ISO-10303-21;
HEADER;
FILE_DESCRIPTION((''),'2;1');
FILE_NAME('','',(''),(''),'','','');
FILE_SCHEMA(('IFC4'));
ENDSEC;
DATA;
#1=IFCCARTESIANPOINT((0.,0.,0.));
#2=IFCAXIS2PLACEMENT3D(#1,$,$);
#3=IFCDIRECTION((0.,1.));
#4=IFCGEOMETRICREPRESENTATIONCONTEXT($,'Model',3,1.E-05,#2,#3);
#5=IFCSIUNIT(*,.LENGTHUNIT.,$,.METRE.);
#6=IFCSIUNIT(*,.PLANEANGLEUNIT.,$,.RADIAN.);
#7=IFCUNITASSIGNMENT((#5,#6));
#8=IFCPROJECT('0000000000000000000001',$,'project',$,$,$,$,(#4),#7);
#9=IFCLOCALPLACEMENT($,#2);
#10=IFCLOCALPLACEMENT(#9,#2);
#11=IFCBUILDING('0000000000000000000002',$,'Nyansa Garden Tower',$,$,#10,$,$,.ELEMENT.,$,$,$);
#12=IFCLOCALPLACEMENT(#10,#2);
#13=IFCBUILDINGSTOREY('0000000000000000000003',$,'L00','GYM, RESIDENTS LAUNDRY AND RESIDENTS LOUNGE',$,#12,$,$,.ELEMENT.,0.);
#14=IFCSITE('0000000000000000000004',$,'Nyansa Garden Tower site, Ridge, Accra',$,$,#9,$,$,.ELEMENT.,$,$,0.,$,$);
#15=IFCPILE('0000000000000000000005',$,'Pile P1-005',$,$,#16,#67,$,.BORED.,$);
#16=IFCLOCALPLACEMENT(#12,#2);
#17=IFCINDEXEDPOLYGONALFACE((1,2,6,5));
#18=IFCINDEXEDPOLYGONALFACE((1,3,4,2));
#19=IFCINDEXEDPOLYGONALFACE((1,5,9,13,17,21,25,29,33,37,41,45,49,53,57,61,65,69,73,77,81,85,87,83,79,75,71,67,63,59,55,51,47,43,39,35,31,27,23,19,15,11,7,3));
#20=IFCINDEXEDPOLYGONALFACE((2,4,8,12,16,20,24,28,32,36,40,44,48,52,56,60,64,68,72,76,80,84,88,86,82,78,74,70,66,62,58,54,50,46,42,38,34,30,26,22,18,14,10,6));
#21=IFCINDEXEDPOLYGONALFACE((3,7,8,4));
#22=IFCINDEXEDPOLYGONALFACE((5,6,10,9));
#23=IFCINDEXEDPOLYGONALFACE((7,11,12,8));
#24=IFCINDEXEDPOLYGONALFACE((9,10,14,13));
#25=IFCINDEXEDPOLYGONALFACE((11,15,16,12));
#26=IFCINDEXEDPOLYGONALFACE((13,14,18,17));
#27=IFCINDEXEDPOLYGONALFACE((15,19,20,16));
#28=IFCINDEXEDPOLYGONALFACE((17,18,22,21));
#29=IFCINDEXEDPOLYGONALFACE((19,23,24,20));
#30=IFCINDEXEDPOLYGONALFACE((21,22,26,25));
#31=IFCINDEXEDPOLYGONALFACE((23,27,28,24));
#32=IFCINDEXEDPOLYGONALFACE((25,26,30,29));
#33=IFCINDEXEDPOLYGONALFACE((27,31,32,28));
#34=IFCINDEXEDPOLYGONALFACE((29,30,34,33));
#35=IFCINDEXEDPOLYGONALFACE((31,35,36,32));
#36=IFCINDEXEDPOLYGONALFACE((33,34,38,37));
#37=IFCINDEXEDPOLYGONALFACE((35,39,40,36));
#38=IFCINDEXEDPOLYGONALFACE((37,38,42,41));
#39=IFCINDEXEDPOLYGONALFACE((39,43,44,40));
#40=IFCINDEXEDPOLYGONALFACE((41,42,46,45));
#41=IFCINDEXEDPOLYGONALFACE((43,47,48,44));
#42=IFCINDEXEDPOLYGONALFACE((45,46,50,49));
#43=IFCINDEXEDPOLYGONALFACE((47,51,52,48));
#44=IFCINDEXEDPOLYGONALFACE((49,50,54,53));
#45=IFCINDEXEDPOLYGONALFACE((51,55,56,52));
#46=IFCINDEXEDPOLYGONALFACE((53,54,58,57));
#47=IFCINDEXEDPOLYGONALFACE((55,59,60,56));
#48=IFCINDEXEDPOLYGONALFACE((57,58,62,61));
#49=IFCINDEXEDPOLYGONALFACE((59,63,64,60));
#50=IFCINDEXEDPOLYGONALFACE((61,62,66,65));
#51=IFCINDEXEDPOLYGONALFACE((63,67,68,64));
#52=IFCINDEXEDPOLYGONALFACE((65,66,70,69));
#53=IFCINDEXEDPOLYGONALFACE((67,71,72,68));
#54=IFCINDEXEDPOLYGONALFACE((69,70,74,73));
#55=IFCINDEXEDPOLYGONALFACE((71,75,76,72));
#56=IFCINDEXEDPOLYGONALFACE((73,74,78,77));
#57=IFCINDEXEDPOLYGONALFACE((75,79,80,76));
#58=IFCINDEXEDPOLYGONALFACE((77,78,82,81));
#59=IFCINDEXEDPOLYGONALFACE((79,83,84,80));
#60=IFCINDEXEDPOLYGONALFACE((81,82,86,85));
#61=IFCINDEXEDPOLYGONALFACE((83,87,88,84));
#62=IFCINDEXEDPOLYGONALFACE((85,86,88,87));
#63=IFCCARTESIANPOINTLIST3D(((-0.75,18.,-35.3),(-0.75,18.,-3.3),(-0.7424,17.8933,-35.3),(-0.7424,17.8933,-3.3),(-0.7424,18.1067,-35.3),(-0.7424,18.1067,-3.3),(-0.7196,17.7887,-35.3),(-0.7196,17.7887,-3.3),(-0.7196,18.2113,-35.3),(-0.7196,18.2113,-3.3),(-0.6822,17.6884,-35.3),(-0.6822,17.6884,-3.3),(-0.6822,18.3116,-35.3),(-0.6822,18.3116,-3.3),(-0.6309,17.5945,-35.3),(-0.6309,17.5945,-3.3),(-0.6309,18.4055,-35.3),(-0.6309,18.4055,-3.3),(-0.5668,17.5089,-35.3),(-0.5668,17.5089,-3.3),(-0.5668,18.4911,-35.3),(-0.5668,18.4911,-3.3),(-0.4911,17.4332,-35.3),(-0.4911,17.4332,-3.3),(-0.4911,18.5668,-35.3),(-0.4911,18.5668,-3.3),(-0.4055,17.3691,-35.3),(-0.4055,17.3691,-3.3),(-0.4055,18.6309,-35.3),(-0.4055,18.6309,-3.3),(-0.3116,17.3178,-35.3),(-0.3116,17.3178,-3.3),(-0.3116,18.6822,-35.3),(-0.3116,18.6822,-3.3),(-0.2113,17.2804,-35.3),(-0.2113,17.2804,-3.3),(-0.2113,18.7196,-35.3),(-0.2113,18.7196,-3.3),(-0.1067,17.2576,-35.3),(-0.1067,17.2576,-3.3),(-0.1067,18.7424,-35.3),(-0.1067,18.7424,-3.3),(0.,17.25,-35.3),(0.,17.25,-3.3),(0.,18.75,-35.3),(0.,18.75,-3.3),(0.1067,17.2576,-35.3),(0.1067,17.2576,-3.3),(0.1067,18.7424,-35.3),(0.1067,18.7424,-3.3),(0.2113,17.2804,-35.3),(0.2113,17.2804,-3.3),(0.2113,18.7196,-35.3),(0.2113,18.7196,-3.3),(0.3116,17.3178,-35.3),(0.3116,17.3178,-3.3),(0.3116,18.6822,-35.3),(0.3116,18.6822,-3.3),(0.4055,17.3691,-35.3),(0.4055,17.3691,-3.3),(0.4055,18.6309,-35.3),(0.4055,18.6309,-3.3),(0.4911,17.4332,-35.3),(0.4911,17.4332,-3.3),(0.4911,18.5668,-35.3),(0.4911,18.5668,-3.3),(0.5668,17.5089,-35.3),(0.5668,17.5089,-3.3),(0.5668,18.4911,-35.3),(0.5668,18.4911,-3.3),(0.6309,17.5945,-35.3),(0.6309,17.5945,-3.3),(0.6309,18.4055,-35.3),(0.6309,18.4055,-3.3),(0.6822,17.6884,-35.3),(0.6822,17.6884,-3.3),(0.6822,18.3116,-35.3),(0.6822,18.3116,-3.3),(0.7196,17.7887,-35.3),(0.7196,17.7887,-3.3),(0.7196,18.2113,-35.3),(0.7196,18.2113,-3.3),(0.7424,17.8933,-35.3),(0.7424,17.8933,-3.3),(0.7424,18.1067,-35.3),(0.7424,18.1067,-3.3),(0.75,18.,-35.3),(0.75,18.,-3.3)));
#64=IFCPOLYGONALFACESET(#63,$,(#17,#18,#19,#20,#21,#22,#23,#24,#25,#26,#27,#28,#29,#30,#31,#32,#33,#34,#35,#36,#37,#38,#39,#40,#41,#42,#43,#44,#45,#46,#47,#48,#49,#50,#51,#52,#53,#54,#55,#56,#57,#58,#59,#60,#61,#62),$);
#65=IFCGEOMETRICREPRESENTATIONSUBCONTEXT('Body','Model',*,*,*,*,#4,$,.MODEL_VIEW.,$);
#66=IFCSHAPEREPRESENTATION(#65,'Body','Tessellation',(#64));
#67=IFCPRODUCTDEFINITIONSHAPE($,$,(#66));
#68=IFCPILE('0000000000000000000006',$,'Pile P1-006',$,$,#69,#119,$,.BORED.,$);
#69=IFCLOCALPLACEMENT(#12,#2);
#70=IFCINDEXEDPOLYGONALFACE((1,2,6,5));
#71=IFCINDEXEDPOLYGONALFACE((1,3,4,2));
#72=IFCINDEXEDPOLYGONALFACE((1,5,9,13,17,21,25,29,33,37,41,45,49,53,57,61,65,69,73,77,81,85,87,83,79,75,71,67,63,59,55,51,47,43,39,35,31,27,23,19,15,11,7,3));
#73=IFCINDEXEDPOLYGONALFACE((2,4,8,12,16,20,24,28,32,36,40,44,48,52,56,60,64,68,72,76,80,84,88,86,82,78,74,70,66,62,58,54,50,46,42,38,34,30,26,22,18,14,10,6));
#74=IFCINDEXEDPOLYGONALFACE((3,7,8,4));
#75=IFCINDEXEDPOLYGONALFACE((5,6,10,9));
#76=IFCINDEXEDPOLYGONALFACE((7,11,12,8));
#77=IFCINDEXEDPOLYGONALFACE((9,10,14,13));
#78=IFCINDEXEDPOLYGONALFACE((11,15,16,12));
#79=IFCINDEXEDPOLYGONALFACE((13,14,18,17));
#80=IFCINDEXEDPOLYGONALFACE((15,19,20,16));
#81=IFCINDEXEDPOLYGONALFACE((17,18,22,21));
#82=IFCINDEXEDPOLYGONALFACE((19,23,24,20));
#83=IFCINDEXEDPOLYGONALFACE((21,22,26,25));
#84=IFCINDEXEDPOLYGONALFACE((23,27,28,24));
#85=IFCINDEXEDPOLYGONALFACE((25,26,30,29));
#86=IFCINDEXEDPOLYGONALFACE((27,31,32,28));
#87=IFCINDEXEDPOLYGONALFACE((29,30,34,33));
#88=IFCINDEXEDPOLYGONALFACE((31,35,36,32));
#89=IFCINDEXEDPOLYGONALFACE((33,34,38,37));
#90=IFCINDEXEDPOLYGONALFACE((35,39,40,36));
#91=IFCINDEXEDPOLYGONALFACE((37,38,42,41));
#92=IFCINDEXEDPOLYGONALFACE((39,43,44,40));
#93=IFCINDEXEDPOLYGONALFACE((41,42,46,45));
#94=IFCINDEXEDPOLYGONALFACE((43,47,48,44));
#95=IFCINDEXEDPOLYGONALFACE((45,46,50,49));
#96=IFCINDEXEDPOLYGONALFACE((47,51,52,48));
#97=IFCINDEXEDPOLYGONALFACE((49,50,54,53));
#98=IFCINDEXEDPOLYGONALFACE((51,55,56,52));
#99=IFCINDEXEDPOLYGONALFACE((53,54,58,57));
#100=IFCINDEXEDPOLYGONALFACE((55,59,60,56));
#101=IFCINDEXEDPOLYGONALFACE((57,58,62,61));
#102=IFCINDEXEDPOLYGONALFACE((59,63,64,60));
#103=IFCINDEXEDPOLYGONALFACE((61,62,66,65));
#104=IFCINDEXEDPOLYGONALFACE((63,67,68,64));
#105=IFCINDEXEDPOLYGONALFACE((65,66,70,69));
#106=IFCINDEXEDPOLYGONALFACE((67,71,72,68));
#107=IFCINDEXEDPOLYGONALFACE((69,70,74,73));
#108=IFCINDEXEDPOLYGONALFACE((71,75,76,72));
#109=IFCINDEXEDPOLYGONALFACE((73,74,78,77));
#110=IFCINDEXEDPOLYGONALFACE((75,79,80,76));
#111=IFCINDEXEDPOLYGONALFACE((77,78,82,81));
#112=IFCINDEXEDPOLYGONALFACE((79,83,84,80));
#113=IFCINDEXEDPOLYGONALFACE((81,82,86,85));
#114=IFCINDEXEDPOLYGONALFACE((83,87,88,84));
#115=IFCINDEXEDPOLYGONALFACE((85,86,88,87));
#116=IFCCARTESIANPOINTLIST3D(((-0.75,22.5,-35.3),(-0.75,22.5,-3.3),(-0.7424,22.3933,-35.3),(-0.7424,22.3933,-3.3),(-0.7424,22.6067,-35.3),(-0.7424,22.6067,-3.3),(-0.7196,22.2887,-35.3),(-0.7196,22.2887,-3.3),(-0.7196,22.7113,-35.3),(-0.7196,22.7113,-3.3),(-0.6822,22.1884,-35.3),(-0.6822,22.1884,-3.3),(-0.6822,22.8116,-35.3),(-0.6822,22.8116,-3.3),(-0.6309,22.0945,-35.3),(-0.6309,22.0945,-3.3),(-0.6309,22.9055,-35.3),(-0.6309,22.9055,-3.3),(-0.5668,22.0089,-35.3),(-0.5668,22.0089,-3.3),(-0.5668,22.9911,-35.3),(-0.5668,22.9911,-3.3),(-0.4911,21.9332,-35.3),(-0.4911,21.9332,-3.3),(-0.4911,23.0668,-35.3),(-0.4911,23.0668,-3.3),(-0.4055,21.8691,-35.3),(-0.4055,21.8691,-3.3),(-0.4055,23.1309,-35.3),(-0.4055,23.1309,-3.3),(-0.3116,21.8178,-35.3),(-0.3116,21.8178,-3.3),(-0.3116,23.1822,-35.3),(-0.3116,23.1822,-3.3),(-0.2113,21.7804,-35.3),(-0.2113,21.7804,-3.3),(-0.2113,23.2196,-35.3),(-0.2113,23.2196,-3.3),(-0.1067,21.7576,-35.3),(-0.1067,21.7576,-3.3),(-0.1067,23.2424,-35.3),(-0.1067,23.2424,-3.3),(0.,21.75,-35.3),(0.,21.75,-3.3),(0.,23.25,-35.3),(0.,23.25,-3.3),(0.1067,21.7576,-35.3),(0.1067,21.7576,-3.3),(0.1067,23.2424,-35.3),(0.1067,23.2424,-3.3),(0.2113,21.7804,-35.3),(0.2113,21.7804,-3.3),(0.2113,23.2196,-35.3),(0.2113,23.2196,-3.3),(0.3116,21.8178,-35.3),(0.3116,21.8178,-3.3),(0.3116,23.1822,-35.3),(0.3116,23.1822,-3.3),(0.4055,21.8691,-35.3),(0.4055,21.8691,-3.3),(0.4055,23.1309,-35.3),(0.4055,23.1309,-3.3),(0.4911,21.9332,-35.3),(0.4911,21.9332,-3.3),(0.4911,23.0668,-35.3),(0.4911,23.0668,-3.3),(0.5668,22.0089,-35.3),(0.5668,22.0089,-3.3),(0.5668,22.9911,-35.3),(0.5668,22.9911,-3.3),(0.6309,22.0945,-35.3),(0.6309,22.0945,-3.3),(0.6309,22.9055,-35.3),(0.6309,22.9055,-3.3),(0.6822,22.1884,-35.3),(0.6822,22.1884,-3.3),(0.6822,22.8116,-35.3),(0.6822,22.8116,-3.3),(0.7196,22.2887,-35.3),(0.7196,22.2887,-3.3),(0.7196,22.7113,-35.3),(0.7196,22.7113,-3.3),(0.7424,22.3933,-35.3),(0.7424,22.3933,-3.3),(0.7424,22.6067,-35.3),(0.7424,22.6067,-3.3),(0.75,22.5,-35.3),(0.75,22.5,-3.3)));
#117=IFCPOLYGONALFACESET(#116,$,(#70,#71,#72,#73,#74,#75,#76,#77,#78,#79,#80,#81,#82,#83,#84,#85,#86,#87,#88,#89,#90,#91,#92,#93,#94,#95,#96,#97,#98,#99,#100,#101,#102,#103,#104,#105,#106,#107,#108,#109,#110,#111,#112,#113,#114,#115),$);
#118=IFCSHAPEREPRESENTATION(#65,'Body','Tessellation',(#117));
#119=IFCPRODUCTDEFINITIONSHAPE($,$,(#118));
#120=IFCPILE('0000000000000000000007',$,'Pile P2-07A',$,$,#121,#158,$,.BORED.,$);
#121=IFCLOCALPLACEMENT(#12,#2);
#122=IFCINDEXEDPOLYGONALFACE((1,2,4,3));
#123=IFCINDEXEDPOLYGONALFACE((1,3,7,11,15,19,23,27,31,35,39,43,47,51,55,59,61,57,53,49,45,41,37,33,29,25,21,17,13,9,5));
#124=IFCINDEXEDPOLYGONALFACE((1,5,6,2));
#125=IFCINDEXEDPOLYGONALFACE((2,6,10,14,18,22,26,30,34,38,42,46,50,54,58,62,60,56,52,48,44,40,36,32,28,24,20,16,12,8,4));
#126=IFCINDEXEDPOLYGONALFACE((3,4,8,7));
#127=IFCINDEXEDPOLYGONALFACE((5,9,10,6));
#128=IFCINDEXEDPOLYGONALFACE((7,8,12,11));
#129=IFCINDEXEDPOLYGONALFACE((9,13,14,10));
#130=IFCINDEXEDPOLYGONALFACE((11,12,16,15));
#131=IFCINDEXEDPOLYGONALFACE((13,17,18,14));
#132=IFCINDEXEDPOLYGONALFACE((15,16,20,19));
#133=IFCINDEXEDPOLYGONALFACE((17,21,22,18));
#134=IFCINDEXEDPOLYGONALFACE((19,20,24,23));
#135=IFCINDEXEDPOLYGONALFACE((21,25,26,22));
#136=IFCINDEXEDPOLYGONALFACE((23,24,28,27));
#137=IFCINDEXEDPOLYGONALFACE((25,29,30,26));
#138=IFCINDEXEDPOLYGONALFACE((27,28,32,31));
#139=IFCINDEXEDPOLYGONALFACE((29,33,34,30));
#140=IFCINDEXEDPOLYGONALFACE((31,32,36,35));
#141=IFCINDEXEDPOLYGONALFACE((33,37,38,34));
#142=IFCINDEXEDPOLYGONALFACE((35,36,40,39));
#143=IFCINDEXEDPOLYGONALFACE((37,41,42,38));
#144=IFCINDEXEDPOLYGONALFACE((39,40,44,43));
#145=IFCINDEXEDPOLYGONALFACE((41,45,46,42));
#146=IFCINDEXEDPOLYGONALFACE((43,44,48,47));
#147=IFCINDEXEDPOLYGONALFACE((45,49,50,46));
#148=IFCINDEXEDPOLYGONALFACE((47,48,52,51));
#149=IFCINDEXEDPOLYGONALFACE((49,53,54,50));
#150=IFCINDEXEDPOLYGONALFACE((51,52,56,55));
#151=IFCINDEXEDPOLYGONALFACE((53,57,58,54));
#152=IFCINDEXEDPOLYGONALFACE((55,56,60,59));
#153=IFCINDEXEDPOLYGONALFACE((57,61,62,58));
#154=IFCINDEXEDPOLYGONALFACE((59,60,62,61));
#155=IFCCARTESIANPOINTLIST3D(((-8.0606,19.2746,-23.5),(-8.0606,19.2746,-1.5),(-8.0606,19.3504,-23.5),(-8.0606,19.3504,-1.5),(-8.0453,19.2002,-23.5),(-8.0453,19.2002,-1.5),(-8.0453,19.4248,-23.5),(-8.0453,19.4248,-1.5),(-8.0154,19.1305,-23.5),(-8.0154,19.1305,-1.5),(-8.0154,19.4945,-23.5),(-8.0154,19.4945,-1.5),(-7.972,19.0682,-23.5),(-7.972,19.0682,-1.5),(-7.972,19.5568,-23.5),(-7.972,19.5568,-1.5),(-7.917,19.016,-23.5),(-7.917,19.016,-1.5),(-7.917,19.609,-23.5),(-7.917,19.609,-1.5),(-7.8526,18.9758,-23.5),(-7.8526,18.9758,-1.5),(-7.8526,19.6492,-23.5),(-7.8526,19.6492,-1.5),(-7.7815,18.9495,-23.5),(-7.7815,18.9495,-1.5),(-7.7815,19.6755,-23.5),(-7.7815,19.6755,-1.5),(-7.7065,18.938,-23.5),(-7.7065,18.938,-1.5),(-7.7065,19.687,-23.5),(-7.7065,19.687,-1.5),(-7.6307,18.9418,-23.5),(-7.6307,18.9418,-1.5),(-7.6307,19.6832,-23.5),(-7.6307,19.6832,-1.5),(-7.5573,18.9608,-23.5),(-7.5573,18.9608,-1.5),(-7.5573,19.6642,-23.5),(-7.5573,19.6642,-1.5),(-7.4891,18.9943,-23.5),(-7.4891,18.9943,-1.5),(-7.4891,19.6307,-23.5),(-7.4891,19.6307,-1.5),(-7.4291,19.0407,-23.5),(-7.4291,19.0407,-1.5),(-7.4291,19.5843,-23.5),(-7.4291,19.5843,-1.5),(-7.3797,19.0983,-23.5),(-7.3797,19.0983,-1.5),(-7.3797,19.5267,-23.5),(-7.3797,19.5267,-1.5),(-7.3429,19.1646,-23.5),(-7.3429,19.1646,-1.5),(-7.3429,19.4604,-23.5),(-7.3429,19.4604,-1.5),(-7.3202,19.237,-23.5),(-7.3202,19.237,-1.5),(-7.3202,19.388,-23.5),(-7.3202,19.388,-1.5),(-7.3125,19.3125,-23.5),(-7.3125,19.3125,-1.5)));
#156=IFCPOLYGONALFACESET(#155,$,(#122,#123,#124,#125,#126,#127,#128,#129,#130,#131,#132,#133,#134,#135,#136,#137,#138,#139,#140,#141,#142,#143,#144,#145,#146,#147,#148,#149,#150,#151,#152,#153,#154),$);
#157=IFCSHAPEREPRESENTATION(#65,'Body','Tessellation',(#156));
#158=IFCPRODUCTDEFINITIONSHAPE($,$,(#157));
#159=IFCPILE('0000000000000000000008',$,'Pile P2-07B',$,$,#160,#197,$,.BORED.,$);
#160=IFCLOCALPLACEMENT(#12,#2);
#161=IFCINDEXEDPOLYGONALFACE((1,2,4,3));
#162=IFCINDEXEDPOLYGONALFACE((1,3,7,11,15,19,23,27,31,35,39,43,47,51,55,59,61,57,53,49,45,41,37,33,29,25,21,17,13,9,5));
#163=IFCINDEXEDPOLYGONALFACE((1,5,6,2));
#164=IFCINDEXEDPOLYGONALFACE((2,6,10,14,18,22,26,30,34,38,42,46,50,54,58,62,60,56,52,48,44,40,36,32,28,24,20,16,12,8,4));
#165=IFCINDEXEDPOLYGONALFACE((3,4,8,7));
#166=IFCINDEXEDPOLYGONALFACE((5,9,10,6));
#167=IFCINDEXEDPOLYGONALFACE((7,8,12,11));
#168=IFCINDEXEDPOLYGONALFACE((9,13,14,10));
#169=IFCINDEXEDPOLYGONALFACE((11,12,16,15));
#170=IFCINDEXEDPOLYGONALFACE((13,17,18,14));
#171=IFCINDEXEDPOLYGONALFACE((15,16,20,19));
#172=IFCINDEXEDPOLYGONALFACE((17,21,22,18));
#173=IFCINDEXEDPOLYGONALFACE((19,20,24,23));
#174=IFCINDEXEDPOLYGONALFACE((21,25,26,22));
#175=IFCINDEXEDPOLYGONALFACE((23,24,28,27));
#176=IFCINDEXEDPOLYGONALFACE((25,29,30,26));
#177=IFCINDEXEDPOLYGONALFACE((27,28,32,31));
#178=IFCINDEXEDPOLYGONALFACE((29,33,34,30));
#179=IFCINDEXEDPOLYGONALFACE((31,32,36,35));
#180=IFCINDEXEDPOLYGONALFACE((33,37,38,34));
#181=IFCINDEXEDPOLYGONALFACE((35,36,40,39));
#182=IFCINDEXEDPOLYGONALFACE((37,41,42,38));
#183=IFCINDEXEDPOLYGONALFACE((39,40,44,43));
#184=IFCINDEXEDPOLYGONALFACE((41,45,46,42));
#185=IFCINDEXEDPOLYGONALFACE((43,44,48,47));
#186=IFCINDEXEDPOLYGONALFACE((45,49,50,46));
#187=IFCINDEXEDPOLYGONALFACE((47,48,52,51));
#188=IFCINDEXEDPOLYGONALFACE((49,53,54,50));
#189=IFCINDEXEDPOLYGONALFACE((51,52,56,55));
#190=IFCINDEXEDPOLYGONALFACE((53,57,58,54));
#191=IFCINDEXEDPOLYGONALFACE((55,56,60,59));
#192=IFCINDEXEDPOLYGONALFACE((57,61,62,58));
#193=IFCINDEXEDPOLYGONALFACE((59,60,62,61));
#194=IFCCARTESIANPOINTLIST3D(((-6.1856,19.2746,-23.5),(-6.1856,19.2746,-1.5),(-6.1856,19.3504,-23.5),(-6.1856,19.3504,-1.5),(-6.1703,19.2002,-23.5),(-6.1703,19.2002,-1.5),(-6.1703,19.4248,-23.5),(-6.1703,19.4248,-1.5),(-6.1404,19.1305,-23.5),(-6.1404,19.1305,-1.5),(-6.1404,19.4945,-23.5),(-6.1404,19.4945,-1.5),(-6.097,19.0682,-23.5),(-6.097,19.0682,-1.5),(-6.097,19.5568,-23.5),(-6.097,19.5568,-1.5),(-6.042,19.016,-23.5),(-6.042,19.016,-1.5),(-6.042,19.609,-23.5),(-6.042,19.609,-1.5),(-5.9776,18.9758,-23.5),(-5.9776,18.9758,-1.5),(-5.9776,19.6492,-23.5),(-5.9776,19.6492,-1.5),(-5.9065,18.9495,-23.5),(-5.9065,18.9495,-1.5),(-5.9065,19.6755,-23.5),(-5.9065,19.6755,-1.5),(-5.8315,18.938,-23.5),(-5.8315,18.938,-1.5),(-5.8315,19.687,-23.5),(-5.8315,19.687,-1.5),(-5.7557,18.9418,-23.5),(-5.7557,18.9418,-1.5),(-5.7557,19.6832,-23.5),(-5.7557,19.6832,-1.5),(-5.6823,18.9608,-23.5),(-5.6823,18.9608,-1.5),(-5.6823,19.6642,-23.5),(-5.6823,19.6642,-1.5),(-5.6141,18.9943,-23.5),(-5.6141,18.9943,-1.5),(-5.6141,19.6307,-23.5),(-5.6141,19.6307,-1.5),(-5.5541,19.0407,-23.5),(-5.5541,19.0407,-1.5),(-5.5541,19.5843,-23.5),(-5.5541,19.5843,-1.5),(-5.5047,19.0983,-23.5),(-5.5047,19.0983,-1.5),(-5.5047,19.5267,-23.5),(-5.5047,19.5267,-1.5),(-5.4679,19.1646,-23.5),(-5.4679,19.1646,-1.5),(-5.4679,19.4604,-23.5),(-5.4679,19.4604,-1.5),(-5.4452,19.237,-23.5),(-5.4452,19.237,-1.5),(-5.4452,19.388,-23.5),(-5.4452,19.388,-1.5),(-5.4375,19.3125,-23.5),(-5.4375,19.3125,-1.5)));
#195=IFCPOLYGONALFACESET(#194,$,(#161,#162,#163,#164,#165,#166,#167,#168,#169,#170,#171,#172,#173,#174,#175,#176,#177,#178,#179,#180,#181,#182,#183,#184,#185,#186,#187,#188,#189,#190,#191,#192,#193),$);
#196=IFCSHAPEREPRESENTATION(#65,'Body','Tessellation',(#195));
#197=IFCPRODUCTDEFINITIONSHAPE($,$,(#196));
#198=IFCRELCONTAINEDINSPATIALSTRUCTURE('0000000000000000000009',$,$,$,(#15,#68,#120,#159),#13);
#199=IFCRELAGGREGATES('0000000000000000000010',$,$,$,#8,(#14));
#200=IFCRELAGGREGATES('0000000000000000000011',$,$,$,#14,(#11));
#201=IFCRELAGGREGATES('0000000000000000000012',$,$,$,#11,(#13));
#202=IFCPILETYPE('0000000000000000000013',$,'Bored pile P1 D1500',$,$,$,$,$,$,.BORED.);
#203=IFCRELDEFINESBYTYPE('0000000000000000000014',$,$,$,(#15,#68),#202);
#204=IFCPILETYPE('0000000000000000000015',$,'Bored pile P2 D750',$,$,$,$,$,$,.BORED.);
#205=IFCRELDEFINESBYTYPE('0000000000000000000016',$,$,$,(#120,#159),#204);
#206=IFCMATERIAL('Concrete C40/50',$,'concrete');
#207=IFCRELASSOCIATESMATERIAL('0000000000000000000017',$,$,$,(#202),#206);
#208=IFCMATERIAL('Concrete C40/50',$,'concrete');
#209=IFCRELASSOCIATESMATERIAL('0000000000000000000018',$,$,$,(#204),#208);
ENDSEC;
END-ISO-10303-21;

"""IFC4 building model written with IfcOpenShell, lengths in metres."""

from ifc_helpers import new_model, si_unit, direction, frame, origin, origin_2d, place, context, subcontext, project, spatial, circle, extrude, material, type_object, element, save


model = new_model("IFC4")

# Units and contexts
model_context = context("Model", 3, precision=1e-05, world=origin(), true_north=direction((0.0, 1.0)))
body_context = subcontext(model_context, "Body", "Model", "MODEL_VIEW")
ifc_project = project(units=[si_unit("LENGTHUNIT", "METRE"), si_unit("PLANEANGLEUNIT", "RADIAN")], contexts=[model_context])

# Site, building, storey
site_placement = place(None, origin())
site = spatial("IfcSite", under=ifc_project, at=site_placement, Name="Nyansa Garden Tower site, Ridge, Accra", CompositionType="ELEMENT", RefElevation=0.0)
building_placement = place(site_placement, origin())
building = spatial("IfcBuilding", under=site, at=building_placement, Name="Nyansa Garden Tower", CompositionType="ELEMENT")
storey_placement = place(building_placement, origin())
storey = spatial("IfcBuildingStorey", under=building, at=storey_placement, Name="L00", Description="GYM, RESIDENTS LAUNDRY AND RESIDENTS LOUNGE", CompositionType="ELEMENT", Elevation=0.0)

# Piles
ifc_material_1 = material(Name="Concrete C40/50", Category="concrete")
pile_type_1 = type_object("IfcPileType", Name="Bored pile P1 D1500", PredefinedType="BORED", material=ifc_material_1)
for number, where, z_axis, x_axis, name in (
    (1, (0.0, 18.0, -3.3), (0.0, 0.0, -1.0), (1.0, 0.0, 0.0), "Pile P1-005"),
    (2, (0.0, 22.5, -3.3), (0.0, 0.0, -1.0), (1.0, 0.0, 0.0), "Pile P1-006"),
):
    element("IfcPile", number, at=place(storey_placement, frame(where, z_axis=z_axis, x_axis=x_axis)), inside=storey, type_object=pile_type_1, Name=name, PredefinedType="BORED", context=body_context, shape_type="SweptSolid", body=[
        extrude(circle(Radius=0.75, at=origin_2d()), origin(), (0.0, 0.0, 1.0), 32.0),
    ])
ifc_material_2 = material(Name="Concrete C40/50", Category="concrete")
pile_type_2 = type_object("IfcPileType", Name="Bored pile P2 D750", PredefinedType="BORED", material=ifc_material_2)
for number, where, z_axis, x_axis, name in (
    (3, (-7.6875, 19.3125, -1.5), (0.0, 0.0, -1.0), (1.0, 0.0, 0.0), "Pile P2-07A"),
    (4, (-5.8125, 19.3125, -1.5), (0.0, 0.0, -1.0), (1.0, 0.0, 0.0), "Pile P2-07B"),
):
    element("IfcPile", number, at=place(storey_placement, frame(where, z_axis=z_axis, x_axis=x_axis)), inside=storey, type_object=pile_type_2, Name=name, PredefinedType="BORED", context=body_context, shape_type="SweptSolid", body=[
        extrude(circle(Radius=0.375, at=origin_2d()), origin(), (0.0, 0.0, 1.0), 22.0),
    ])

save(model, "model.ifc")
